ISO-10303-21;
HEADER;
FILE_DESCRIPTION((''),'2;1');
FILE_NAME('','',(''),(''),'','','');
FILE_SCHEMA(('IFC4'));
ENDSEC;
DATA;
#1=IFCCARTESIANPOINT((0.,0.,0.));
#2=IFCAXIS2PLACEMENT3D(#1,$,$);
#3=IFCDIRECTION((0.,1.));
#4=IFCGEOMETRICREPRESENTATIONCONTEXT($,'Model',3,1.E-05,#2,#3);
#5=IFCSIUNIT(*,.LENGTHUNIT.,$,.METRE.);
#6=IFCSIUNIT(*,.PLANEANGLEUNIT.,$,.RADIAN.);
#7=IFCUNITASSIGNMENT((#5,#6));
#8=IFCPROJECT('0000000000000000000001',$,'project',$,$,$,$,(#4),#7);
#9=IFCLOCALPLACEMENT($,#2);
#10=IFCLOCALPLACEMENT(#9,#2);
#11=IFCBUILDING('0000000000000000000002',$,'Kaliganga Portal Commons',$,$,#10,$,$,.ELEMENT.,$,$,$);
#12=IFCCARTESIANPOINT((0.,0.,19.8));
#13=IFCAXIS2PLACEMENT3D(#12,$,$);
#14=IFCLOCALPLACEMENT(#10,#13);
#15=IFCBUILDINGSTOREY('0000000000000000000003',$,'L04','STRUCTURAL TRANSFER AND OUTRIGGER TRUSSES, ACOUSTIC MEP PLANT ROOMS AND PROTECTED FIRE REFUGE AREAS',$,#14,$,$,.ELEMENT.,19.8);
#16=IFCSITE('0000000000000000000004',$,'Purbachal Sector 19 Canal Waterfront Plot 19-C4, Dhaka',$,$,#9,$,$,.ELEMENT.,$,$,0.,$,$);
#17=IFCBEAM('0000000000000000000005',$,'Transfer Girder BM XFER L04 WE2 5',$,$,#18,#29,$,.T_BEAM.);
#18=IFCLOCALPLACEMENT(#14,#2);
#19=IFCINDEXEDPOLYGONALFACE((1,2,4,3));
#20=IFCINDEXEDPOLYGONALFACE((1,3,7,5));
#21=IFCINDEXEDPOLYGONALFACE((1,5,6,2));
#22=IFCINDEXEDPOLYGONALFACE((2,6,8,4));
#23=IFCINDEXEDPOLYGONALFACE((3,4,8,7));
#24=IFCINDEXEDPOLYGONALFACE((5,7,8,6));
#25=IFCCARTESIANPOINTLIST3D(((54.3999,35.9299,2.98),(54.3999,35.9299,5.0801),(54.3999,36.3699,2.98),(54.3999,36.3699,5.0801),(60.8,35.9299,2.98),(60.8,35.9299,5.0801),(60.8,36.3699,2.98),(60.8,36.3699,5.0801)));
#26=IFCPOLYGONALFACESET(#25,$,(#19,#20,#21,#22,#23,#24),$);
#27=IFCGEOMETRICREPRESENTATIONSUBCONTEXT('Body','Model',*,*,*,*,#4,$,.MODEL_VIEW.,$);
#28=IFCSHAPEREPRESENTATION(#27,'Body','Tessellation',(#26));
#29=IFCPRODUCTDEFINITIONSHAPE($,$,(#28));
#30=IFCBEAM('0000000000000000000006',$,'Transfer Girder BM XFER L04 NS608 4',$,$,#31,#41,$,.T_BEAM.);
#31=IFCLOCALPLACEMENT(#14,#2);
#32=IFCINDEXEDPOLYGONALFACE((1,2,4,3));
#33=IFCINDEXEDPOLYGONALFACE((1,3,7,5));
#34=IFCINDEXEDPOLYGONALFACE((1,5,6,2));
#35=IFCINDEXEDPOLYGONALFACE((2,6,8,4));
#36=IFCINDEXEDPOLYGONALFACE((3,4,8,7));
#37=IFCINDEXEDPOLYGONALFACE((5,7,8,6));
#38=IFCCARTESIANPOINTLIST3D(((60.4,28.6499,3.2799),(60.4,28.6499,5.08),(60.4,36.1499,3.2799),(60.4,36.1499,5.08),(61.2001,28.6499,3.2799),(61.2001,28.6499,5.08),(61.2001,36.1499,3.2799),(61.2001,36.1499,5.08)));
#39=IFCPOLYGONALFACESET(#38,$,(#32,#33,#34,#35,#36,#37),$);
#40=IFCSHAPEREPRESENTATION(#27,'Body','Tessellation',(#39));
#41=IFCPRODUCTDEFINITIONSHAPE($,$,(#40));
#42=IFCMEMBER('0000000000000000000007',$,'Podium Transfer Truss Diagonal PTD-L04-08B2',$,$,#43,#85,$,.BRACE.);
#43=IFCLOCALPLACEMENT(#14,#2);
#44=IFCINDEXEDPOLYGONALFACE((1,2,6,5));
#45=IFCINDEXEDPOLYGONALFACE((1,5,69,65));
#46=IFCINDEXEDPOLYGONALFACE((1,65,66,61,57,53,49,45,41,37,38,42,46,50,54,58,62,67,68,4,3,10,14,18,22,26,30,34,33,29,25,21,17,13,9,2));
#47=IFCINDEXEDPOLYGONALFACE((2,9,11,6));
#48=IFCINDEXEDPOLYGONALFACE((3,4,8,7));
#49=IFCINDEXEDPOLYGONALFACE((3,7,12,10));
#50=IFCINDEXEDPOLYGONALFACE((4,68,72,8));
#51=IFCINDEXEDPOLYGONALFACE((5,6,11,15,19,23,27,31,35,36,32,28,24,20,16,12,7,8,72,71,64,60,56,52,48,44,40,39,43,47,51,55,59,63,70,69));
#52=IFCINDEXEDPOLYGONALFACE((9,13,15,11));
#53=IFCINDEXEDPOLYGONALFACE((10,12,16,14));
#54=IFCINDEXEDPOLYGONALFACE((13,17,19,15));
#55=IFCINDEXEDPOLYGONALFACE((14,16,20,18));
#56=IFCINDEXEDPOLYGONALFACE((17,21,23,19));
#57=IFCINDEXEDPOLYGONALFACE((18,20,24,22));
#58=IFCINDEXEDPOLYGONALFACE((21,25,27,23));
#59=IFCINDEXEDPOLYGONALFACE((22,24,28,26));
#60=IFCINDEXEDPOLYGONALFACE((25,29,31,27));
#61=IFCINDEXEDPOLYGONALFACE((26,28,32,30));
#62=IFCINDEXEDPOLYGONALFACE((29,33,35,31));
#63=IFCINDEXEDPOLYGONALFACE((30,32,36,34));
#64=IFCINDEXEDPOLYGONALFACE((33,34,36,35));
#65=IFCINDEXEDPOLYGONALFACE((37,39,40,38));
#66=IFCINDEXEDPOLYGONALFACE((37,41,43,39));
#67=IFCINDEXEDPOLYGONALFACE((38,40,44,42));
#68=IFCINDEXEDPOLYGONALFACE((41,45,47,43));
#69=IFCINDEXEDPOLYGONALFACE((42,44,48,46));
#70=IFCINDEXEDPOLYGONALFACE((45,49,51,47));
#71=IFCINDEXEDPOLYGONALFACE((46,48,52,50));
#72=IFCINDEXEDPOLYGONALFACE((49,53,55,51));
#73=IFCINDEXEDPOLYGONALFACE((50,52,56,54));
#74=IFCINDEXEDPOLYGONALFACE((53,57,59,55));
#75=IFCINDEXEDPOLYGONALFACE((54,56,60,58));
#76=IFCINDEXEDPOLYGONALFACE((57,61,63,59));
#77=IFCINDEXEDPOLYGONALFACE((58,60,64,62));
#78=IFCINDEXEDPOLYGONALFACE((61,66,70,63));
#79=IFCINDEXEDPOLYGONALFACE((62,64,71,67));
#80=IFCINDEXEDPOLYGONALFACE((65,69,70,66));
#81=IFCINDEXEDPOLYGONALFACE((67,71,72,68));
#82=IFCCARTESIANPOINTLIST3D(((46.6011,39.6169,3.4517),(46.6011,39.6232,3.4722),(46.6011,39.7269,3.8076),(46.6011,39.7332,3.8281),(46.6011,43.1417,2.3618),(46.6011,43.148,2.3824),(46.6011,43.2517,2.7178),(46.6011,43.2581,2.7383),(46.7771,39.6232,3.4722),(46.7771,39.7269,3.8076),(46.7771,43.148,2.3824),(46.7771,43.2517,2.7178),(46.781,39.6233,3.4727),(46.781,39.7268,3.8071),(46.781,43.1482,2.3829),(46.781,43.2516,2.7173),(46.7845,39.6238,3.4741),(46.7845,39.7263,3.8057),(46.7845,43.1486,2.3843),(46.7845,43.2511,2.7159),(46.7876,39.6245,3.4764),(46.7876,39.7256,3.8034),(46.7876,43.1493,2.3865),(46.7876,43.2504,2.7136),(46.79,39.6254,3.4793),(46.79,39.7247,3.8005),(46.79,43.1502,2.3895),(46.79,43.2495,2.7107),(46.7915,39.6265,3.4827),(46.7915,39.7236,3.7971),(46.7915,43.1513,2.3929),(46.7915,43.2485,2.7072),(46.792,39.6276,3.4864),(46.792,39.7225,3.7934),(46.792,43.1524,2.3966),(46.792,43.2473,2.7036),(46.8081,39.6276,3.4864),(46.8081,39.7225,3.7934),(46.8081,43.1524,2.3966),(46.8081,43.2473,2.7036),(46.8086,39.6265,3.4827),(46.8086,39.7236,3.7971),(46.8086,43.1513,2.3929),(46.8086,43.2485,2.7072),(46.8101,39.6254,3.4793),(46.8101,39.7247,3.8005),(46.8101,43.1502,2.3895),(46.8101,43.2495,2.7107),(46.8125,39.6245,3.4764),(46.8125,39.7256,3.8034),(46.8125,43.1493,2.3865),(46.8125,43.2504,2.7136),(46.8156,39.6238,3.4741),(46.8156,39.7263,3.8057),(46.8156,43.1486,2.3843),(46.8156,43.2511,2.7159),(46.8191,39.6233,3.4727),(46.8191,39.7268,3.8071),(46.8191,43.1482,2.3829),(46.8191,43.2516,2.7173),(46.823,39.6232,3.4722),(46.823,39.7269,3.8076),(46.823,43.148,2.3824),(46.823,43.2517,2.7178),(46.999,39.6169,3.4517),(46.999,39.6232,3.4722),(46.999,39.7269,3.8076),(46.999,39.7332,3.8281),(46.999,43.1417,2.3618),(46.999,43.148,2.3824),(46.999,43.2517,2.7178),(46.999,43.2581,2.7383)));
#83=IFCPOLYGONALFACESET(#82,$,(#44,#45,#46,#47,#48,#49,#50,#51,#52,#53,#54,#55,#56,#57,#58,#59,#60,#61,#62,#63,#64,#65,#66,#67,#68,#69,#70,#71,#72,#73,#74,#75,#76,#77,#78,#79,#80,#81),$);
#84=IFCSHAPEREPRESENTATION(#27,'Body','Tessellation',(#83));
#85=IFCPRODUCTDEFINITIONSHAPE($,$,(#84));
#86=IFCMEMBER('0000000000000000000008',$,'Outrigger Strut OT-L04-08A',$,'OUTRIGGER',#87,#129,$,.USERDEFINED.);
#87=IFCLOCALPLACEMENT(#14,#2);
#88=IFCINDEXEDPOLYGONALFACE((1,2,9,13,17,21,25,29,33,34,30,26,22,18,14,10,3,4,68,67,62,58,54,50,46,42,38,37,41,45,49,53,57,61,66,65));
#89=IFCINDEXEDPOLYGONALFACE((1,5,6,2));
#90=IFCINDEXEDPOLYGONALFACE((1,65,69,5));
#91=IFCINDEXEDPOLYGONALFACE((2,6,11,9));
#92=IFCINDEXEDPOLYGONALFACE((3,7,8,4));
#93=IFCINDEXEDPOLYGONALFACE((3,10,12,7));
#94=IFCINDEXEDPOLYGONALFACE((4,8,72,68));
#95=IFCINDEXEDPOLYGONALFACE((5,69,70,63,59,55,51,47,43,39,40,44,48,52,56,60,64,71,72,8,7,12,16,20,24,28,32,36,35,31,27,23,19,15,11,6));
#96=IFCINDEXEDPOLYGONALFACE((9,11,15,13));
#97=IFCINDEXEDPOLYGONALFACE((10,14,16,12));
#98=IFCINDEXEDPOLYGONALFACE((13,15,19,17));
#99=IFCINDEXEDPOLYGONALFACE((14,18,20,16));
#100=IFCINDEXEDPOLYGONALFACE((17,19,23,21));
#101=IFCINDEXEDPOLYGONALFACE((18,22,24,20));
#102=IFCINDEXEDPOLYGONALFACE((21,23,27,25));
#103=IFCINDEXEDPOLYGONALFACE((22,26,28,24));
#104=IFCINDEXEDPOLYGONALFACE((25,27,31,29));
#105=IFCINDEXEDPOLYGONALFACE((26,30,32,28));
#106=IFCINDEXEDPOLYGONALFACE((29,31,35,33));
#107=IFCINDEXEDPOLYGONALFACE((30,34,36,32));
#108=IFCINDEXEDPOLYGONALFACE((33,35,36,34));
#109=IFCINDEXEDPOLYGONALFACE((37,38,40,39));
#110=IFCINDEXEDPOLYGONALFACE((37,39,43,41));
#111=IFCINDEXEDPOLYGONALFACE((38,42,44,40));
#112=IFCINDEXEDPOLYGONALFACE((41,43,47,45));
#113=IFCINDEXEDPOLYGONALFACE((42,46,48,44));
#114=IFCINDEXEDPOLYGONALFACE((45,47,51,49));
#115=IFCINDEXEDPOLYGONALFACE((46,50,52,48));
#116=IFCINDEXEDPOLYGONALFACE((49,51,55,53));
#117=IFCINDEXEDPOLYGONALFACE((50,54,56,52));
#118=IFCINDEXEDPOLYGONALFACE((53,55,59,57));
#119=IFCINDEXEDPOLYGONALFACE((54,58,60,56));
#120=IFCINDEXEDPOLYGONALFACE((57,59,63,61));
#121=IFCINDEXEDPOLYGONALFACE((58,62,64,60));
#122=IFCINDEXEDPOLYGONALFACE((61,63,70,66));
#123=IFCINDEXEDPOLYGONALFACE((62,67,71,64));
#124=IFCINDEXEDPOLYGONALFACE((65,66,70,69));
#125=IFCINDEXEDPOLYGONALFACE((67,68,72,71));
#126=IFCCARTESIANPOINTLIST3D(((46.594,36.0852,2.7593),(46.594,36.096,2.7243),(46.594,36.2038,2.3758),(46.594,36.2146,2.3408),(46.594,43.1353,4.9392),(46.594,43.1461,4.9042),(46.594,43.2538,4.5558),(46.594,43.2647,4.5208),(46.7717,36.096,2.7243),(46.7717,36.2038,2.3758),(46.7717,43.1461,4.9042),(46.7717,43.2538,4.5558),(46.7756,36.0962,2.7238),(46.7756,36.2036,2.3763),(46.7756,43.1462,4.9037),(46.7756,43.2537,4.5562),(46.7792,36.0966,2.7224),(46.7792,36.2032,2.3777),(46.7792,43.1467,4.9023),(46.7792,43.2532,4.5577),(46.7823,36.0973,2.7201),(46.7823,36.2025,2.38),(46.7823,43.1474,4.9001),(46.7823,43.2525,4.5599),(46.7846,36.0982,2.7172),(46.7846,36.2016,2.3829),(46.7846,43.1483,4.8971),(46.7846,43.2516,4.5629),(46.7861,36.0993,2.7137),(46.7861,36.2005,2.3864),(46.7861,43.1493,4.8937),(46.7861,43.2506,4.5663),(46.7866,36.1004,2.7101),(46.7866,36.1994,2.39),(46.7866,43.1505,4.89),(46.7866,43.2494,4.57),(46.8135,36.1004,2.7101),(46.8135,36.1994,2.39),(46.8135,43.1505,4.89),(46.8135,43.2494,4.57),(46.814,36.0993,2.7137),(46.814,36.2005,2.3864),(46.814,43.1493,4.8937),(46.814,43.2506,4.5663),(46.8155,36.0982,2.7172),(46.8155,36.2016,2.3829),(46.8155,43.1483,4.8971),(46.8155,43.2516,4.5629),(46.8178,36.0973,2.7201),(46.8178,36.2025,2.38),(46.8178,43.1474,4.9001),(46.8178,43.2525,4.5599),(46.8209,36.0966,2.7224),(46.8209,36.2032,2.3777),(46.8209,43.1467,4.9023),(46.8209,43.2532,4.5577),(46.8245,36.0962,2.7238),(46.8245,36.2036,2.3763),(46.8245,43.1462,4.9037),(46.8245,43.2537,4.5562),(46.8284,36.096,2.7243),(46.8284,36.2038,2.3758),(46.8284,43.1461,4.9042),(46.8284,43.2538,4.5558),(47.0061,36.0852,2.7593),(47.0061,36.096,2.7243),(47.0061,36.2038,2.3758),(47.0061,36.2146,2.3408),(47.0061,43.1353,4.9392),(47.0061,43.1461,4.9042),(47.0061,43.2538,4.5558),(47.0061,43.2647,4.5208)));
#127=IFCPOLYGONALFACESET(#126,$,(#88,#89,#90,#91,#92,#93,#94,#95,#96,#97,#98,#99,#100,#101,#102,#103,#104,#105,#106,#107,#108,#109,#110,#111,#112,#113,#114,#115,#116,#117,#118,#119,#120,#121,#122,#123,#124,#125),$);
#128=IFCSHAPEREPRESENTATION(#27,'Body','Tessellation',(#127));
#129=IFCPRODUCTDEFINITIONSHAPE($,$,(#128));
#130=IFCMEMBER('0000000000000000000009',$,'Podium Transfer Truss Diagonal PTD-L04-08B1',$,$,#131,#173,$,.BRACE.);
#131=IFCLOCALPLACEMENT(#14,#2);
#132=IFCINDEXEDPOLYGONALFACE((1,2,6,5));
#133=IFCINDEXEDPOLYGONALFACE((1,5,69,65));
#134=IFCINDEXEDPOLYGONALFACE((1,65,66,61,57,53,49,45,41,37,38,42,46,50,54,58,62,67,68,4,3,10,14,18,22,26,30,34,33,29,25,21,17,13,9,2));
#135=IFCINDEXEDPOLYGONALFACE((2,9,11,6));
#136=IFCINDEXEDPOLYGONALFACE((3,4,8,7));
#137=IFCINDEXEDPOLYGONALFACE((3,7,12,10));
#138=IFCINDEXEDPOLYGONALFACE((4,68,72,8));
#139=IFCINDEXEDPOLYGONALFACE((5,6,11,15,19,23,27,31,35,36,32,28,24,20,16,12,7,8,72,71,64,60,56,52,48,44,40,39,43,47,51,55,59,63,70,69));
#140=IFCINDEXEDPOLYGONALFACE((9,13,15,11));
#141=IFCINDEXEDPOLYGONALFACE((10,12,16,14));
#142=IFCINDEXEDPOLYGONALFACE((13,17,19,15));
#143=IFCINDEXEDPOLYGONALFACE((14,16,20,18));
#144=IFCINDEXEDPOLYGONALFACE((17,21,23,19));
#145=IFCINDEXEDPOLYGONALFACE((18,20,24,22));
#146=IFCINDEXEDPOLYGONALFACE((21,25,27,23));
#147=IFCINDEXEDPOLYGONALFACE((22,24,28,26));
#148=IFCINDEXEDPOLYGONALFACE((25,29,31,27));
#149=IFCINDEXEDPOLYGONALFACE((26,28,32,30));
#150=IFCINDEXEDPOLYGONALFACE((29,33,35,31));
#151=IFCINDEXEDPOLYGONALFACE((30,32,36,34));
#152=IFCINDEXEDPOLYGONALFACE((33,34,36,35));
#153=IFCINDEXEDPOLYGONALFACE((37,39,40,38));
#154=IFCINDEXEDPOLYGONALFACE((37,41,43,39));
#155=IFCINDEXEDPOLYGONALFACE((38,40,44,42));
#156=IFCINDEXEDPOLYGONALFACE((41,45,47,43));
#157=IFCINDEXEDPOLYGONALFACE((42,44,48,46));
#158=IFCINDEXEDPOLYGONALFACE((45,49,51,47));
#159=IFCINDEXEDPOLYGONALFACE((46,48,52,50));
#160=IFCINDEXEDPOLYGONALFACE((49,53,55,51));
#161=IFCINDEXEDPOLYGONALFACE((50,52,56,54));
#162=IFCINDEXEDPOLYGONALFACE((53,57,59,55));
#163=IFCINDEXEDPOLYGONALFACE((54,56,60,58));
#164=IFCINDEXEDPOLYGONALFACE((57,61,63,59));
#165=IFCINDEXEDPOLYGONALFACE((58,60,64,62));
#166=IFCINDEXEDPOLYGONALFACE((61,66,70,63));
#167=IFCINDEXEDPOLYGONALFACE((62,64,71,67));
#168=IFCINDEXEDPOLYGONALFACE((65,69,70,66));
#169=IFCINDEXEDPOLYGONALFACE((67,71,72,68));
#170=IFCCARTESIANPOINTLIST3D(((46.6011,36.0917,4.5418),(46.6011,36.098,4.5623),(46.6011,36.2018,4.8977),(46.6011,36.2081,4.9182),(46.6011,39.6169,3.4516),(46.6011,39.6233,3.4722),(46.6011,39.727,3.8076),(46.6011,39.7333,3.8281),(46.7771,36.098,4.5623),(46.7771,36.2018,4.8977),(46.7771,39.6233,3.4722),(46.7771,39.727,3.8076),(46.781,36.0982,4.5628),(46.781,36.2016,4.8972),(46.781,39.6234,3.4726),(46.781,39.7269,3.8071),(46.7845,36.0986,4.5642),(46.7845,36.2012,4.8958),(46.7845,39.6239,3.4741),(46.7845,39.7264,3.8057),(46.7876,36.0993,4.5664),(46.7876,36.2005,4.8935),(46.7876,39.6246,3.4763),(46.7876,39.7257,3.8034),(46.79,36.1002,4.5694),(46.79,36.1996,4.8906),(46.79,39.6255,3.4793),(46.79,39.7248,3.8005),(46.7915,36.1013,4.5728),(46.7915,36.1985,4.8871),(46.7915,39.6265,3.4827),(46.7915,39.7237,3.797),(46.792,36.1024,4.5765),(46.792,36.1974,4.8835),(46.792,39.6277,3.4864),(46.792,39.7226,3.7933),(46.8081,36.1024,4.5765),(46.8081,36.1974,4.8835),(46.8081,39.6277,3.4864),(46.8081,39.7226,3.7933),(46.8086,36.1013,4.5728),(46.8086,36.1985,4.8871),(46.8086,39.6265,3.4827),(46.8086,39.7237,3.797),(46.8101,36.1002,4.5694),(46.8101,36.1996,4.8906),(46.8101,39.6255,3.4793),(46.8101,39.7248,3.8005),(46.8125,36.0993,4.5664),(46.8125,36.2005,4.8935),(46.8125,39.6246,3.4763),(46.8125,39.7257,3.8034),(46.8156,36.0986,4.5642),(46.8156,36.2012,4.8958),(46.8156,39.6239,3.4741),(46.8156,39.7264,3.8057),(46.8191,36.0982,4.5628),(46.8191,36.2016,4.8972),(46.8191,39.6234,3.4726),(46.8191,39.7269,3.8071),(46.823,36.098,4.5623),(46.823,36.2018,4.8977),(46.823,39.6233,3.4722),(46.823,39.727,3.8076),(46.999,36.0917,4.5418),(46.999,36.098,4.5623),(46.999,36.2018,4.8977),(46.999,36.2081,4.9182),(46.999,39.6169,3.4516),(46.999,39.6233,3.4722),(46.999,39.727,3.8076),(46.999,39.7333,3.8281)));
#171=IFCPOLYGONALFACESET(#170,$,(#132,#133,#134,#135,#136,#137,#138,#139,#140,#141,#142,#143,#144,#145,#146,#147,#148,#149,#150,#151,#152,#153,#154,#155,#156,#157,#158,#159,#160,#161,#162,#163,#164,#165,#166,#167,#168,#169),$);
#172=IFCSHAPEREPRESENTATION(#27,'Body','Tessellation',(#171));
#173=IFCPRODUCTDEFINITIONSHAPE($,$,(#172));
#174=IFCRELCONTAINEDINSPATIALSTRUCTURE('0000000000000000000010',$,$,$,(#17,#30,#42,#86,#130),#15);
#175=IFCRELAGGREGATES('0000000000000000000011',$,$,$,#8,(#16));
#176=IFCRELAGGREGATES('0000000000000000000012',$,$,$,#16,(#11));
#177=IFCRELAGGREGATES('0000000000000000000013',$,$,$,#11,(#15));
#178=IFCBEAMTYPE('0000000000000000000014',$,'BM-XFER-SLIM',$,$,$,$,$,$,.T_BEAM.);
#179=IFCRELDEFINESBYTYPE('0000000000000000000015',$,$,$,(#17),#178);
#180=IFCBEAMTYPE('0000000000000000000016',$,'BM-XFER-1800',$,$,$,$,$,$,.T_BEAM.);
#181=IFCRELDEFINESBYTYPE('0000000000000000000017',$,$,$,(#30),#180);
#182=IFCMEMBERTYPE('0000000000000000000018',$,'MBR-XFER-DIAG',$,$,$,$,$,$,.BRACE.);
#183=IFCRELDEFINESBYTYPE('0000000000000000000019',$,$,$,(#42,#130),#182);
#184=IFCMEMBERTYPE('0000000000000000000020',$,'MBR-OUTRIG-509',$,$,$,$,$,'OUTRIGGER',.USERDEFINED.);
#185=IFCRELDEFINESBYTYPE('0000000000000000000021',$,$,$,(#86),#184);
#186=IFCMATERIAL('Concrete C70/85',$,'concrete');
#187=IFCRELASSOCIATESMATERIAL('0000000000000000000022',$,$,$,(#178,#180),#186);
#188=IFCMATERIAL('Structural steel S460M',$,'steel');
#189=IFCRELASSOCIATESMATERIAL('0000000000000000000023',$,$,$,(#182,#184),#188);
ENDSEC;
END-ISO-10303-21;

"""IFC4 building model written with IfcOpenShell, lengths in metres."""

from ifc_helpers import new_model, si_unit, direction, frame, origin, origin_2d, place, context, subcontext, project, spatial, rectangle, i_section, extrude, source, transform, mapped, material, material_profile, profile_set, type_object, element, save


model = new_model("IFC4")

# Units and contexts
model_context = context("Model", 3, precision=1e-05, world=origin(), true_north=direction((0.0, 1.0)))
body_context = subcontext(model_context, "Body", "Model", "MODEL_VIEW")
ifc_project = project(units=[si_unit("LENGTHUNIT", "METRE"), si_unit("PLANEANGLEUNIT", "RADIAN")], contexts=[model_context])

# Site, building, storey
site_placement = place(None, origin())
site = spatial("IfcSite", under=ifc_project, at=site_placement, Name="Purbachal Sector 19 Canal Waterfront Plot 19-C4, Dhaka", CompositionType="ELEMENT", RefElevation=0.0)
building_placement = place(site_placement, origin())
building = spatial("IfcBuilding", under=site, at=building_placement, Name="Kaliganga Portal Commons", CompositionType="ELEMENT")
storey_placement = place(building_placement, frame((0.0, 0.0, 19.8)))
storey = spatial("IfcBuildingStorey", under=building, at=storey_placement, Name="L04", Description="STRUCTURAL TRANSFER AND OUTRIGGER TRUSSES, ACOUSTIC MEP PLANT ROOMS AND PROTECTED FIRE REFUGE AREAS", CompositionType="ELEMENT", Elevation=19.8)

# Shared definitions
ifc_material_1 = material(Name="Concrete C70/85", Category="concrete")

# Beams
ifc_material_profile_1 = material_profile(ifc_material_1, rectangle(XDim=0.4399, YDim=2.1001, at=origin_2d()), Name="RC 440x2100")
ifc_profile_set_1 = profile_set([ifc_material_profile_1], Name="Concrete C70/85")
beam_type_1 = type_object("IfcBeamType", Name="BM-XFER-SLIM", PredefinedType="T_BEAM", material=ifc_profile_set_1)
shared_shape_1 = source(origin(), body_context, "Body", "SweptSolid", [
    extrude(rectangle(XDim=0.4399, YDim=2.1001, at=origin_2d()), origin(), (0.0, 0.0, 1.0), 6.4001),
])
beam_1_placement = place(storey_placement, frame((54.3999, 36.1499, 4.03), z_axis=(1.0, 0.0, 0.0), x_axis=(0.0, 1.0, 0.0)))
element("IfcBeam", 1, at=beam_1_placement, inside=storey, type_object=beam_type_1, Name="Transfer Girder BM XFER L04 WE2 5", PredefinedType="T_BEAM", context=body_context, shape_type="MappedRepresentation", body=[
    mapped(shared_shape_1, transform((0.0, 0.0, 0.0), x_axis=(1.0, 0.0, 0.0), y_axis=(0.0, 1.0, 0.0), z_axis=(0.0, 0.0, 1.0), scale=1.0)),
])
ifc_material_profile_2 = material_profile(ifc_material_1, rectangle(XDim=0.8, YDim=1.8, at=origin_2d()), Name="RC 800x1800")
ifc_profile_set_2 = profile_set([ifc_material_profile_2], Name="Concrete C70/85")
beam_type_2 = type_object("IfcBeamType", Name="BM-XFER-1800", PredefinedType="T_BEAM", material=ifc_profile_set_2)
shared_shape_2 = source(origin(), body_context, "Body", "SweptSolid", [
    extrude(rectangle(XDim=0.8, YDim=1.8, at=origin_2d()), origin(), (0.0, 0.0, 1.0), 7.5),
])
beam_2_placement = place(storey_placement, frame((60.8, 28.6499, 4.1799), z_axis=(0.0, 1.0, 0.0), x_axis=(-1.0, 0.0, 0.0)))
element("IfcBeam", 2, at=beam_2_placement, inside=storey, type_object=beam_type_2, Name="Transfer Girder BM XFER L04 NS608 4", PredefinedType="T_BEAM", context=body_context, shape_type="MappedRepresentation", body=[
    mapped(shared_shape_2, transform((0.0, 0.0, 0.0), x_axis=(1.0, 0.0, 0.0), y_axis=(0.0, 1.0, 0.0), z_axis=(0.0, 0.0, 1.0), scale=1.0)),
])

# Members
ifc_material_2 = material(Name="Structural steel S460M", Category="steel")
ifc_material_profile_3 = material_profile(ifc_material_2, i_section(OverallWidth=0.3979, OverallDepth=0.394, WebThickness=0.0161, FlangeThickness=0.0215, FilletRadius=0.0149, at=origin_2d()), Name="HD 400x262")
ifc_profile_set_3 = profile_set([ifc_material_profile_3], Name="Structural steel S460M wide-flange")
member_type_1 = type_object("IfcMemberType", Name="MBR-XFER-DIAG", PredefinedType="BRACE", material=ifc_profile_set_3)
shared_shape_3 = source(origin(), body_context, "Body", "SweptSolid", [
    extrude(i_section(OverallWidth=0.3979, OverallDepth=0.394, WebThickness=0.0161, FlangeThickness=0.0215, FilletRadius=0.0149, at=origin_2d()), origin(), (0.0, 0.0, 1.0), 3.6895),
])
member_1_placement = place(storey_placement, frame((46.8, 39.675, 3.6399), z_axis=(0.0, 0.955378, -0.295388), x_axis=(-1.0, 0.0, 0.0)))
element("IfcMember", 3, at=member_1_placement, inside=storey, type_object=member_type_1, Name="Podium Transfer Truss Diagonal PTD-L04-08B2", PredefinedType="BRACE", context=body_context, shape_type="MappedRepresentation", body=[
    mapped(shared_shape_3, transform((0.0, 0.0, 0.0), x_axis=(1.0, 0.0, 0.0), y_axis=(0.0, 1.0, 0.0), z_axis=(0.0, 0.0, 1.0), scale=1.0)),
])
ifc_material_profile_4 = material_profile(ifc_material_2, i_section(OverallWidth=0.4121, OverallDepth=0.438, WebThickness=0.0269, FlangeThickness=0.0366, FilletRadius=0.0149, at=origin_2d()), Name="HD 400x463")
ifc_profile_set_4 = profile_set([ifc_material_profile_4], Name="Structural steel S460M wide-flange")
member_type_2 = type_object("IfcMemberType", Name="MBR-OUTRIG-509", ElementType="OUTRIGGER", PredefinedType="USERDEFINED", material=ifc_profile_set_4)
shared_shape_4 = source(origin(), body_context, "Body", "SweptSolid", [
    extrude(i_section(OverallWidth=0.4121, OverallDepth=0.438, WebThickness=0.0269, FlangeThickness=0.0366, FilletRadius=0.0149, at=origin_2d()), origin(), (0.0, 0.0, 1.0), 7.3794),
])
member_2_placement = place(storey_placement, frame((46.8, 36.1499, 2.55), z_axis=(0.0, 0.955371, 0.295408), x_axis=(-1.0, 0.0, 0.0)))
element("IfcMember", 4, at=member_2_placement, inside=storey, type_object=member_type_2, Name="Outrigger Strut OT-L04-08A", ObjectType="OUTRIGGER", PredefinedType="USERDEFINED", context=body_context, shape_type="MappedRepresentation", body=[
    mapped(shared_shape_4, transform((0.0, 0.0, 0.0), x_axis=(1.0, 0.0, 0.0), y_axis=(0.0, 1.0, 0.0), z_axis=(0.0, 0.0, 1.0), scale=1.0)),
])
shared_shape_5 = source(origin(), body_context, "Body", "SweptSolid", [
    extrude(i_section(OverallWidth=0.3979, OverallDepth=0.394, WebThickness=0.0161, FlangeThickness=0.0215, FilletRadius=0.0149, at=origin_2d()), origin(), (0.0, 0.0, 1.0), 3.6899),
])
member_3_placement = place(storey_placement, frame((46.8, 36.1499, 4.73), z_axis=(0.0, 0.955365, -0.295429), x_axis=(-1.0, 0.0, 0.0)))
element("IfcMember", 5, at=member_3_placement, inside=storey, type_object=member_type_1, Name="Podium Transfer Truss Diagonal PTD-L04-08B1", PredefinedType="BRACE", context=body_context, shape_type="MappedRepresentation", body=[
    mapped(shared_shape_5, transform((0.0, 0.0, 0.0), x_axis=(1.0, 0.0, 0.0), y_axis=(0.0, 1.0, 0.0), z_axis=(0.0, 0.0, 1.0), scale=1.0)),
])

save(model, "model.ifc")
